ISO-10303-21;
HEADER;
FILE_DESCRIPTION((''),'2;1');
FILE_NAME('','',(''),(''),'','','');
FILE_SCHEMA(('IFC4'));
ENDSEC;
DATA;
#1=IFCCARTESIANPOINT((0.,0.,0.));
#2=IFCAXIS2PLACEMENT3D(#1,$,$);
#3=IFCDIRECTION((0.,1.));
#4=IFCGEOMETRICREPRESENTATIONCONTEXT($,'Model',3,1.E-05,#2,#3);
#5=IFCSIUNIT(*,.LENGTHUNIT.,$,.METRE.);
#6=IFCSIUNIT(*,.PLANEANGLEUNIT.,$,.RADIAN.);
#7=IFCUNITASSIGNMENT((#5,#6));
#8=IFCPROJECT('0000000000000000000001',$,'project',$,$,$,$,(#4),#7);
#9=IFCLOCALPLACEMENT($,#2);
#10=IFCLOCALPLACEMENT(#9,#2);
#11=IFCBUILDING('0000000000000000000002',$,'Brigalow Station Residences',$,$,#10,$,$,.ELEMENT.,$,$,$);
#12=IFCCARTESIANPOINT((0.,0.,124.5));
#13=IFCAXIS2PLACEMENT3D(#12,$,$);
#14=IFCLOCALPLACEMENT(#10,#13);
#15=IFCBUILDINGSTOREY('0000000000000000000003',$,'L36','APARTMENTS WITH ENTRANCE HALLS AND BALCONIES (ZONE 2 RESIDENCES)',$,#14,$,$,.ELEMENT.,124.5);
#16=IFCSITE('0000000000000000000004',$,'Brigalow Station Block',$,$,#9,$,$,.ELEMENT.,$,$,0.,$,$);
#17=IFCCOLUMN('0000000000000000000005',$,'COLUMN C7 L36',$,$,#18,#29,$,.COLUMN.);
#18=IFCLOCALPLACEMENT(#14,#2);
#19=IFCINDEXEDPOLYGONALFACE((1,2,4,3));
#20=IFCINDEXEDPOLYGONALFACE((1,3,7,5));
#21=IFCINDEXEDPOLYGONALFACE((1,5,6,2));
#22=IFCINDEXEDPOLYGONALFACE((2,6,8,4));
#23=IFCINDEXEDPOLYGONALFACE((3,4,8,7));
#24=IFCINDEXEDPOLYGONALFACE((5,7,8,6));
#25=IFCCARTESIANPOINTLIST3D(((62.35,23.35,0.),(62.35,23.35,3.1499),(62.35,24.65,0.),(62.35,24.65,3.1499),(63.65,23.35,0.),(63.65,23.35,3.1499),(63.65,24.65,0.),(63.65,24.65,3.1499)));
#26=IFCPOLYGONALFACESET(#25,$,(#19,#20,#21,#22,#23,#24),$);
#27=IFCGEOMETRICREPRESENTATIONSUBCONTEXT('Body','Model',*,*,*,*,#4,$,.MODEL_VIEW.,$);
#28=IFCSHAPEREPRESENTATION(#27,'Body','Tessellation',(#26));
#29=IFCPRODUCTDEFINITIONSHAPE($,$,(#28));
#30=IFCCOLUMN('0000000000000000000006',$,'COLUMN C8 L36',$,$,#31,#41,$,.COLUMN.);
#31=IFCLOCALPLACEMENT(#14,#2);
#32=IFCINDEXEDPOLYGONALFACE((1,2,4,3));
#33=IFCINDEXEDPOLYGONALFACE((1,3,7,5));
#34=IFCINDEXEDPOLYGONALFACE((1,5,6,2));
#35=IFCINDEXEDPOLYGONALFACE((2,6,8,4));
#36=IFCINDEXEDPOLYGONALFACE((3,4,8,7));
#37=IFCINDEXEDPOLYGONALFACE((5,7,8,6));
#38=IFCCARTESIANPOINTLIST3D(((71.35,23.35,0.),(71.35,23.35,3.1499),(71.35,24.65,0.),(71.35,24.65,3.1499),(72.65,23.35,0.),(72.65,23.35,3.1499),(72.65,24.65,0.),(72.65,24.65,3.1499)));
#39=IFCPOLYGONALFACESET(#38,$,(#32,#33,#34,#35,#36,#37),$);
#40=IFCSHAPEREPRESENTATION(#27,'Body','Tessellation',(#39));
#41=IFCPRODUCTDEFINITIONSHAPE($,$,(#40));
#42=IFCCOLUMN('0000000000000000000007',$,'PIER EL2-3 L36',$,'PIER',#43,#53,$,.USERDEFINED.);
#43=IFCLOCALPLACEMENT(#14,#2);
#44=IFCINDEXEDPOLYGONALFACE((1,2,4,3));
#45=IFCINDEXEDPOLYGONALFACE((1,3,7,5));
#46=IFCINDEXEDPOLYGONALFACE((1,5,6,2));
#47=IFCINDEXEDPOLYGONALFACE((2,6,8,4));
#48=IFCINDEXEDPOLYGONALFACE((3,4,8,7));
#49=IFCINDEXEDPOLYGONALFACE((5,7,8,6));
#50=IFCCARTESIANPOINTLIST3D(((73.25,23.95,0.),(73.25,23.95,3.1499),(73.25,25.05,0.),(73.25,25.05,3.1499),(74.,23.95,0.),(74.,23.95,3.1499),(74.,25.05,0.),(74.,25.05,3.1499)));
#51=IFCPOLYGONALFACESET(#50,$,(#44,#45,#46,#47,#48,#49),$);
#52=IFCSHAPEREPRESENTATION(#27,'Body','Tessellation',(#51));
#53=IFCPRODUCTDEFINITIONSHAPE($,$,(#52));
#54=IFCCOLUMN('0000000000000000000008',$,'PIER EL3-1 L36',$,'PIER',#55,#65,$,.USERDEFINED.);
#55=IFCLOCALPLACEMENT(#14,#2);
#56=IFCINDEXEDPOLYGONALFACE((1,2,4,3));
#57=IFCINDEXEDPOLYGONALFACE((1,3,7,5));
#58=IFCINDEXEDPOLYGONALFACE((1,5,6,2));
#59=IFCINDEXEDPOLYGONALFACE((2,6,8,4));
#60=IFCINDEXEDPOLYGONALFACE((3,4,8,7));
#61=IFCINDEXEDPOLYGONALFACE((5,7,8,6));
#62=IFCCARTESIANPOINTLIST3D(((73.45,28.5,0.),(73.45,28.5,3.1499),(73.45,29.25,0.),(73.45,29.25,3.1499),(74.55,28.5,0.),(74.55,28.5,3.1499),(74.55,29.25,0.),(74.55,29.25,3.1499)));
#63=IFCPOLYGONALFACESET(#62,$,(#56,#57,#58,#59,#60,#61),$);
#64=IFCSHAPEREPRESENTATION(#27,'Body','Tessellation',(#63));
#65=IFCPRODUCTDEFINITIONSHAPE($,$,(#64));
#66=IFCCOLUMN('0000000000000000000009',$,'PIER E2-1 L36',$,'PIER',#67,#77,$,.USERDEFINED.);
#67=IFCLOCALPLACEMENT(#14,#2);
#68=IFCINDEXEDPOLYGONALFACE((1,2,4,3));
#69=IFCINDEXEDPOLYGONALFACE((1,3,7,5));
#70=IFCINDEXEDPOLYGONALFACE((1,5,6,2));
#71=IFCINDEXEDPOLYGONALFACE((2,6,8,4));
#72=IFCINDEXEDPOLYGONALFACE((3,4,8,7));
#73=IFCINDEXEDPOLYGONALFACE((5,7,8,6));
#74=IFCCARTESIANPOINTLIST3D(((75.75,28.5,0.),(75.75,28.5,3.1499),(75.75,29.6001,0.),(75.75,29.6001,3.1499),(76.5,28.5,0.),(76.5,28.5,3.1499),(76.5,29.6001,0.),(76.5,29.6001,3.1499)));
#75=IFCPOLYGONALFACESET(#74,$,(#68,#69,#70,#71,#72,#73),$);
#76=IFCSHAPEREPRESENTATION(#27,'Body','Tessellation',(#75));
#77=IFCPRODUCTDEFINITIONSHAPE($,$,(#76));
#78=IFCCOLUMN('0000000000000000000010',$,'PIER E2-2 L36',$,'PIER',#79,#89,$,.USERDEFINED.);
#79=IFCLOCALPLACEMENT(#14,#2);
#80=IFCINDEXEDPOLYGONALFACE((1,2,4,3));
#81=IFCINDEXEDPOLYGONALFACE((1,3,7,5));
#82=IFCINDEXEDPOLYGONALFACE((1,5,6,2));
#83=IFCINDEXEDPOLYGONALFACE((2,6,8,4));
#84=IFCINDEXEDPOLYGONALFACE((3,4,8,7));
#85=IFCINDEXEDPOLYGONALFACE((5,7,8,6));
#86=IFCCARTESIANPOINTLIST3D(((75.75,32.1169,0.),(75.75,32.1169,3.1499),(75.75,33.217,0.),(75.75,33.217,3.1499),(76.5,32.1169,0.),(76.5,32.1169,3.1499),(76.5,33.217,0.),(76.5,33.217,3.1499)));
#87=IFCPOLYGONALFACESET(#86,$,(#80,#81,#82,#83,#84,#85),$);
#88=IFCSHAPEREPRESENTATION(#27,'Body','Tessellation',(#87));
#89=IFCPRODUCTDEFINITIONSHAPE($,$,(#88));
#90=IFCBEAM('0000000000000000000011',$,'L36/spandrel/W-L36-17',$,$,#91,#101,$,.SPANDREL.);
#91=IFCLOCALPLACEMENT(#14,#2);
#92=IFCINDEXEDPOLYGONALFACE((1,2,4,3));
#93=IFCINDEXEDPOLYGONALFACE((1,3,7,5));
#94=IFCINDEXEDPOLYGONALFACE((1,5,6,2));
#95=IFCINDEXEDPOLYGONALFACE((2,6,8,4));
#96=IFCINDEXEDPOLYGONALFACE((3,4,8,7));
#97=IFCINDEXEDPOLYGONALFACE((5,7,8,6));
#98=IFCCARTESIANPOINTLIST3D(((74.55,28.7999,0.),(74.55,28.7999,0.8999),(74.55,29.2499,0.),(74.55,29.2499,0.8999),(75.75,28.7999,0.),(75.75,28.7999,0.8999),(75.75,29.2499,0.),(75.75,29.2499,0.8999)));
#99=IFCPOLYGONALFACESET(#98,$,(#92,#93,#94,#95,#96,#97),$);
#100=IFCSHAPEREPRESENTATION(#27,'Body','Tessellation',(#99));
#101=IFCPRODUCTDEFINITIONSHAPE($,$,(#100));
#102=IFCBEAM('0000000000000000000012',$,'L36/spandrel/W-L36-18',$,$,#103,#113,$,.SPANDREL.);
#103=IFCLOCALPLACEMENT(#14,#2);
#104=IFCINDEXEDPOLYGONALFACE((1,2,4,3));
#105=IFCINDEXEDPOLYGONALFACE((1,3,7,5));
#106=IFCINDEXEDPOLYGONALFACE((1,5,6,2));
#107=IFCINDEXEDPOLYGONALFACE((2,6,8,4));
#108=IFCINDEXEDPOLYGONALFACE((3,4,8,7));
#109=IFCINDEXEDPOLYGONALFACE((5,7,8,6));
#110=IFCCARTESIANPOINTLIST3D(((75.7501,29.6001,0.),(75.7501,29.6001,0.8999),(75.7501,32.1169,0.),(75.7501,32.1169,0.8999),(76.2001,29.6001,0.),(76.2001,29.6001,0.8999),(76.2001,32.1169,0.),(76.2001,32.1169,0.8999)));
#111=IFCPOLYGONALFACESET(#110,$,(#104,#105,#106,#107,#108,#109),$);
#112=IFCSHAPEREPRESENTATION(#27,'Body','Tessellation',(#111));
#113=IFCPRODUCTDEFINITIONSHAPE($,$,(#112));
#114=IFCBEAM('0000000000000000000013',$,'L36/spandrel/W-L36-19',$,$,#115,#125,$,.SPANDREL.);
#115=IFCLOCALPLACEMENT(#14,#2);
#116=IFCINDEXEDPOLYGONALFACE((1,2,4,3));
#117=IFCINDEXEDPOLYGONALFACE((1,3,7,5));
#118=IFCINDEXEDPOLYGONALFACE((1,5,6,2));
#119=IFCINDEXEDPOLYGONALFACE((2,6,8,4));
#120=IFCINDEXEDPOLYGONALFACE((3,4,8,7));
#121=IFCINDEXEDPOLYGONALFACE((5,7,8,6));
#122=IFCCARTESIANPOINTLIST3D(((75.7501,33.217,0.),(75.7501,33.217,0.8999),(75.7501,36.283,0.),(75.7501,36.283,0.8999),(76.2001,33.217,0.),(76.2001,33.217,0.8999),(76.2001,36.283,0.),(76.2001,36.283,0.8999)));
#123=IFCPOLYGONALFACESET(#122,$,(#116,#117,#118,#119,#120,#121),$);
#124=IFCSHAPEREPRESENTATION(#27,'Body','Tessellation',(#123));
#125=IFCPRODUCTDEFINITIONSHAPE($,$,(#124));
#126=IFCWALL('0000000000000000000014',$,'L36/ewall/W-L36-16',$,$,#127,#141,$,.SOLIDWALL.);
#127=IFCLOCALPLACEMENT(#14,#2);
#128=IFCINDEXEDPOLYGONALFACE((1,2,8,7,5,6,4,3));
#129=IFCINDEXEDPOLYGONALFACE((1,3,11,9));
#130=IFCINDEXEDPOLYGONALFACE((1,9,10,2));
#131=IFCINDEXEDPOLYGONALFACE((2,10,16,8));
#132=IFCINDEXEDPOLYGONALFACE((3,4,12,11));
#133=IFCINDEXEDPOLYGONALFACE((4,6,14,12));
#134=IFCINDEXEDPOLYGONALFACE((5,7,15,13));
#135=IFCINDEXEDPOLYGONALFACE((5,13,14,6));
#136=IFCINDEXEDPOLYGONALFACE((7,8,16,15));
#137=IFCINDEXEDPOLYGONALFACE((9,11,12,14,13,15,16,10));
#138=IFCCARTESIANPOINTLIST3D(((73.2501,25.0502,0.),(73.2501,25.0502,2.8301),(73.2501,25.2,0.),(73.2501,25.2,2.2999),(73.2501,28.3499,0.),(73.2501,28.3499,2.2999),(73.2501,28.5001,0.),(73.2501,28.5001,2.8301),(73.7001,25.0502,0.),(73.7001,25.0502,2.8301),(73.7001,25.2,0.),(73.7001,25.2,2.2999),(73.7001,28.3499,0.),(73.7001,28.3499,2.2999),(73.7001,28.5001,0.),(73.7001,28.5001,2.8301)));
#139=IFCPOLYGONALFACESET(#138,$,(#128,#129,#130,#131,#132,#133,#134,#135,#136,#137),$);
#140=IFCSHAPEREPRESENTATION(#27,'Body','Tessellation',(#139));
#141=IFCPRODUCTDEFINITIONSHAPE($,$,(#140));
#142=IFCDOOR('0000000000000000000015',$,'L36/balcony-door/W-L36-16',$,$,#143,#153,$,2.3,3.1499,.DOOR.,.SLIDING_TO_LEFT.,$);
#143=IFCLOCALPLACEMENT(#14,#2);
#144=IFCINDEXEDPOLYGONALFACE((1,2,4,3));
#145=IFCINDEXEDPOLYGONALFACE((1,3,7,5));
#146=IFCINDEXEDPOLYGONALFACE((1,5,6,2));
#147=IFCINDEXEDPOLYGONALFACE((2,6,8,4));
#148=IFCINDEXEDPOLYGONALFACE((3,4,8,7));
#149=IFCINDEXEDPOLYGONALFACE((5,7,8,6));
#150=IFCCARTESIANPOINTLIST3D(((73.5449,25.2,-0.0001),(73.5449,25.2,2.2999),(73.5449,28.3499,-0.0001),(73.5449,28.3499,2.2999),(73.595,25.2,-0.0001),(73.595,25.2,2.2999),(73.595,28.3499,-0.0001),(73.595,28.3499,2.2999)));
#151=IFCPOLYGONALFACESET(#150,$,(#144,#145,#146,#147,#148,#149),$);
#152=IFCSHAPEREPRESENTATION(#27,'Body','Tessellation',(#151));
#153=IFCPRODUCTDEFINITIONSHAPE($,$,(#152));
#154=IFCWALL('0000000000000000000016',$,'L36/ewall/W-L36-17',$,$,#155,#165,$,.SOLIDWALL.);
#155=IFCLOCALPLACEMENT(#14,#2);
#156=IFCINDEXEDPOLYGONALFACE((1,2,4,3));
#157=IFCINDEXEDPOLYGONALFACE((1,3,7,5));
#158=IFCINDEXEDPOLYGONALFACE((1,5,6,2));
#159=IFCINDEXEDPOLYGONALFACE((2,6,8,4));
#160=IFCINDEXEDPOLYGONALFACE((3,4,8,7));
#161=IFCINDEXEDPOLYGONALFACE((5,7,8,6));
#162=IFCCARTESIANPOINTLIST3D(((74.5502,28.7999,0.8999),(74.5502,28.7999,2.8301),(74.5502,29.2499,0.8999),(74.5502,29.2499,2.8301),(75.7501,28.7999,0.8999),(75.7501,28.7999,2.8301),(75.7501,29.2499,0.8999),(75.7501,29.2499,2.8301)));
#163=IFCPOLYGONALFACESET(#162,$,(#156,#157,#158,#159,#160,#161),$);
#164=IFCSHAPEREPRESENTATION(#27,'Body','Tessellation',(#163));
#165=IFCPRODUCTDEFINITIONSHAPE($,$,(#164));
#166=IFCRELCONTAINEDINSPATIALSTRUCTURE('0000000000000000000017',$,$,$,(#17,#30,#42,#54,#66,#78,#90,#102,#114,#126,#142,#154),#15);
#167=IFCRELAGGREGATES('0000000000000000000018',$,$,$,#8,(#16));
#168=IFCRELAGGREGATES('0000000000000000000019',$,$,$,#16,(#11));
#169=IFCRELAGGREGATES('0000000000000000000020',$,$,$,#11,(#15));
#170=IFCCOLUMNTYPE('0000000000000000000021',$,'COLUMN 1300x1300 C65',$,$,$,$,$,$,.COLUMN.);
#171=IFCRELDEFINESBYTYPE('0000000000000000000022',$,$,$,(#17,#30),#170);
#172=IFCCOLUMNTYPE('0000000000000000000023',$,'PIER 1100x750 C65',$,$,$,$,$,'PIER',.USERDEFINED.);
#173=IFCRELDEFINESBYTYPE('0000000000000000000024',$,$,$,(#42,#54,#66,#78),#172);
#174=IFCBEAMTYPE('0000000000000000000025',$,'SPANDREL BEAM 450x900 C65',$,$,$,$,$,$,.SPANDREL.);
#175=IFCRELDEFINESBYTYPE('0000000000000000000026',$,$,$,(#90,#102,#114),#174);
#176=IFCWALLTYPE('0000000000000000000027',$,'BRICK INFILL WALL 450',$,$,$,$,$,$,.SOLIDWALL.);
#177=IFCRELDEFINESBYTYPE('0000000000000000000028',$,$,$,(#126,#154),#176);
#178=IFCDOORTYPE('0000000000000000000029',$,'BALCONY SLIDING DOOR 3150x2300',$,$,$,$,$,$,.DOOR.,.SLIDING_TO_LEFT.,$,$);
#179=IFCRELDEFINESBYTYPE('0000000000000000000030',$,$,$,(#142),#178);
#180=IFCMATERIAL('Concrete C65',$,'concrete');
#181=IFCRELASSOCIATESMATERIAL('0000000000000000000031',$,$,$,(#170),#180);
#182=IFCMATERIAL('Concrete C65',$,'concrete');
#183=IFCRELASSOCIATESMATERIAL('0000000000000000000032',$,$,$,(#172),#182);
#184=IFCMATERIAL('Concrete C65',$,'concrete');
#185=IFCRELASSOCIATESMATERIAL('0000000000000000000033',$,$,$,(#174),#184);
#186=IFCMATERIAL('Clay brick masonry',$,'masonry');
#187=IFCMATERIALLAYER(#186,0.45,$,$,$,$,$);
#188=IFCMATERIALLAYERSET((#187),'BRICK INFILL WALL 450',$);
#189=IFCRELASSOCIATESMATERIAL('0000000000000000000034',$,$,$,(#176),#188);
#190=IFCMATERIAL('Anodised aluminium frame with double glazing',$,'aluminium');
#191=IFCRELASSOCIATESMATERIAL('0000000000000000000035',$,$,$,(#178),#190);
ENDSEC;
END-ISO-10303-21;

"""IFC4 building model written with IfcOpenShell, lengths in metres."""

from ifc_helpers import new_model, si_unit, direction, frame, frame_2d, origin, origin_2d, place, context, subcontext, project, spatial, rectangle, extrude, material, layer, layer_set, material_profile, profile_set, type_object, element, fill, save


model = new_model("IFC4")

# Units and contexts
model_context = context("Model", 3, precision=1e-05, world=origin(), true_north=direction((0.0, 1.0)))
body_context = subcontext(model_context, "Body", "Model", "MODEL_VIEW")
ifc_project = project(units=[si_unit("LENGTHUNIT", "METRE"), si_unit("PLANEANGLEUNIT", "RADIAN")], contexts=[model_context])

# Site, building, storey
site_placement = place(None, origin())
site = spatial("IfcSite", under=ifc_project, at=site_placement, Name="Brigalow Station Block", CompositionType="ELEMENT", RefElevation=0.0)
building_placement = place(site_placement, origin())
building = spatial("IfcBuilding", under=site, at=building_placement, Name="Brigalow Station Residences", CompositionType="ELEMENT")
storey_placement = place(building_placement, frame((0.0, 0.0, 124.5)))
storey = spatial("IfcBuildingStorey", under=building, at=storey_placement, Name="L36", Description="APARTMENTS WITH ENTRANCE HALLS AND BALCONIES (ZONE 2 RESIDENCES)", CompositionType="ELEMENT", Elevation=124.5)

# Columns
ifc_material_1 = material(Name="Concrete C65", Category="concrete")
ifc_material_profile_1 = material_profile(ifc_material_1, rectangle(XDim=1.3, YDim=1.3, at=origin_2d()), Name="RC1300x1300")
ifc_profile_set_1 = profile_set([ifc_material_profile_1], Name="Concrete C65")
column_type_1 = type_object("IfcColumnType", Name="COLUMN 1300x1300 C65", PredefinedType="COLUMN", material=ifc_profile_set_1)
for number, where, z_axis, x_axis, name in (
    (1, (63.0, 24.0, 0.0), (0.0, 0.0, 1.0), (1.0, 0.0, 0.0), "COLUMN C7 L36"),
    (2, (72.0, 24.0, 0.0), (0.0, 0.0, 1.0), (1.0, 0.0, 0.0), "COLUMN C8 L36"),
):
    element("IfcColumn", number, at=place(storey_placement, frame(where, z_axis=z_axis, x_axis=x_axis)), inside=storey, type_object=column_type_1, Name=name, PredefinedType="COLUMN", context=body_context, shape_type="SweptSolid", body=[
        extrude(rectangle(XDim=1.3, YDim=1.3, at=origin_2d()), origin(), (0.0, 0.0, 1.0), 3.1499),
    ])
ifc_material_2 = material(Name="Concrete C65", Category="concrete")
ifc_material_profile_2 = material_profile(ifc_material_2, rectangle(XDim=1.1001, YDim=0.75, at=origin_2d()), Name="RC1100x750")
ifc_profile_set_2 = profile_set([ifc_material_profile_2], Name="Concrete C65")
column_type_2 = type_object("IfcColumnType", Name="PIER 1100x750 C65", ElementType="PIER", PredefinedType="USERDEFINED", material=ifc_profile_set_2)
for number, where, z_axis, x_axis, name in (
    (3, (73.625, 24.5, 0.0), (0.0, 0.0, 1.0), (0.0, 1.0, 0.0), "PIER EL2-3 L36"),
    (4, (74.0, 28.875, 0.0), (0.0, 0.0, 1.0), (1.0, 0.0, 0.0), "PIER EL3-1 L36"),
    (5, (76.125, 29.05, 0.0), (0.0, 0.0, 1.0), (0.0, 1.0, 0.0), "PIER E2-1 L36"),
    (6, (76.125, 32.667, 0.0), (0.0, 0.0, 1.0), (0.0, 1.0, 0.0), "PIER E2-2 L36"),
):
    element("IfcColumn", number, at=place(storey_placement, frame(where, z_axis=z_axis, x_axis=x_axis)), inside=storey, type_object=column_type_2, Name=name, ObjectType="PIER", PredefinedType="USERDEFINED", context=body_context, shape_type="SweptSolid", body=[
        extrude(rectangle(XDim=1.1001, YDim=0.75, at=origin_2d()), origin(), (0.0, 0.0, 1.0), 3.1499),
    ])

# Beams
ifc_material_3 = material(Name="Concrete C65", Category="concrete")
ifc_material_profile_3 = material_profile(ifc_material_3, rectangle(XDim=0.45, YDim=0.8999, at=origin_2d()), Name="RC450x900")
ifc_profile_set_3 = profile_set([ifc_material_profile_3], Name="Concrete C65")
beam_type = type_object("IfcBeamType", Name="SPANDREL BEAM 450x900 C65", PredefinedType="SPANDREL", material=ifc_profile_set_3)
beam_1_placement = place(storey_placement, frame((74.55, 29.0249, 0.45), z_axis=(1.0, 0.0, 0.0), x_axis=(0.0, 1.0, 0.0)))
element("IfcBeam", 7, at=beam_1_placement, inside=storey, type_object=beam_type, Name="L36/spandrel/W-L36-17", PredefinedType="SPANDREL", context=body_context, shape_type="SweptSolid", body=[
    extrude(rectangle(XDim=0.45, YDim=0.8999, at=origin_2d()), origin(), (0.0, 0.0, 1.0), 1.2),
])
beam_2_placement = place(storey_placement, frame((75.9751, 29.6001, 0.45), z_axis=(0.0, 1.0, 0.0), x_axis=(-1.0, 0.0, 0.0)))
element("IfcBeam", 8, at=beam_2_placement, inside=storey, type_object=beam_type, Name="L36/spandrel/W-L36-18", PredefinedType="SPANDREL", context=body_context, shape_type="SweptSolid", body=[
    extrude(rectangle(XDim=0.45, YDim=0.8999, at=origin_2d()), origin(), (0.0, 0.0, 1.0), 2.5168),
])
beam_3_placement = place(storey_placement, frame((75.9751, 33.217, 0.45), z_axis=(0.0, 1.0, 0.0), x_axis=(-1.0, 0.0, 0.0)))
element("IfcBeam", 9, at=beam_3_placement, inside=storey, type_object=beam_type, Name="L36/spandrel/W-L36-19", PredefinedType="SPANDREL", context=body_context, shape_type="SweptSolid", body=[
    extrude(rectangle(XDim=0.45, YDim=0.8999, at=origin_2d()), origin(), (0.0, 0.0, 1.0), 3.0659),
])

# Wall, opening, door
ifc_material_4 = material(Name="Clay brick masonry", Category="masonry")
ifc_layer_1 = layer(ifc_material_4, 0.45)
ifc_layer_set_1 = layer_set([ifc_layer_1], Name="BRICK INFILL WALL 450")
wall_type_1 = type_object("IfcWallType", Name="BRICK INFILL WALL 450", PredefinedType="SOLIDWALL", material=ifc_layer_set_1)
wall_1_placement = place(storey_placement, frame((73.4751, 25.05, 0.0), z_axis=(0.0, 0.0, 1.0), x_axis=(0.0, 1.0, 0.0)))
wall_1 = element("IfcWall", 10, at=wall_1_placement, inside=storey, type_object=wall_type_1, Name="L36/ewall/W-L36-16", PredefinedType="SOLIDWALL", context=body_context, shape_type="SweptSolid", body=[
    extrude(rectangle(XDim=3.45, YDim=0.45, at=frame_2d((1.7251, 0.0))), origin(), (0.0, 0.0, 1.0), 2.8301),
])
opening_1_placement = place(wall_1_placement, frame((0.1499, 0.0, 0.0)))
opening_1 = element("IfcOpeningElement", 11, at=opening_1_placement, cuts=wall_1, PredefinedType="OPENING", context=body_context, shape_type="SweptSolid", body=[
    extrude(rectangle(XDim=3.1499, YDim=2.3, at=frame_2d((1.575, 1.1499))), frame((0.0, 0.2349, 0.0), z_axis=(0.0, -1.0, 0.0), x_axis=(1.0, 0.0, 0.0)), (0.0, 0.0, 1.0), 0.47),
])
ifc_material_5 = material(Name="Anodised aluminium frame with double glazing", Category="aluminium")
door_type_1 = type_object("IfcDoorType", Name="BALCONY SLIDING DOOR 3150x2300", OperationType="SLIDING_TO_LEFT", PredefinedType="DOOR", material=ifc_material_5)
door_1_placement = place(opening_1_placement, origin())
door_1 = element("IfcDoor", 12, at=door_1_placement, inside=storey, type_object=door_type_1, Name="L36/balcony-door/W-L36-16", OperationType="SLIDING_TO_LEFT", OverallHeight=2.3, OverallWidth=3.1499, PredefinedType="DOOR", context=body_context, shape_type="SweptSolid", body=[
    extrude(rectangle(XDim=3.1499, YDim=2.3, at=frame_2d((1.575, 1.1499))), frame((0.0, -0.0698, 0.0), z_axis=(0.0, -1.0, 0.0), x_axis=(1.0, 0.0, 0.0)), (0.0, 0.0, 1.0), 0.05),
])
fill(opening_1, door_1)

# Wall
wall_2_placement = place(storey_placement, frame((74.55, 29.0249, 0.8999), z_axis=(0.0, 0.0, 1.0), x_axis=(1.0, 0.0, 0.0)))
element("IfcWall", 13, at=wall_2_placement, inside=storey, type_object=wall_type_1, Name="L36/ewall/W-L36-17", PredefinedType="SOLIDWALL", context=body_context, shape_type="SweptSolid", body=[
    extrude(rectangle(XDim=1.2, YDim=0.45, at=frame_2d((0.6001, 0.0))), origin(), (0.0, 0.0, 1.0), 1.9302),
])

save(model, "model.ifc")
